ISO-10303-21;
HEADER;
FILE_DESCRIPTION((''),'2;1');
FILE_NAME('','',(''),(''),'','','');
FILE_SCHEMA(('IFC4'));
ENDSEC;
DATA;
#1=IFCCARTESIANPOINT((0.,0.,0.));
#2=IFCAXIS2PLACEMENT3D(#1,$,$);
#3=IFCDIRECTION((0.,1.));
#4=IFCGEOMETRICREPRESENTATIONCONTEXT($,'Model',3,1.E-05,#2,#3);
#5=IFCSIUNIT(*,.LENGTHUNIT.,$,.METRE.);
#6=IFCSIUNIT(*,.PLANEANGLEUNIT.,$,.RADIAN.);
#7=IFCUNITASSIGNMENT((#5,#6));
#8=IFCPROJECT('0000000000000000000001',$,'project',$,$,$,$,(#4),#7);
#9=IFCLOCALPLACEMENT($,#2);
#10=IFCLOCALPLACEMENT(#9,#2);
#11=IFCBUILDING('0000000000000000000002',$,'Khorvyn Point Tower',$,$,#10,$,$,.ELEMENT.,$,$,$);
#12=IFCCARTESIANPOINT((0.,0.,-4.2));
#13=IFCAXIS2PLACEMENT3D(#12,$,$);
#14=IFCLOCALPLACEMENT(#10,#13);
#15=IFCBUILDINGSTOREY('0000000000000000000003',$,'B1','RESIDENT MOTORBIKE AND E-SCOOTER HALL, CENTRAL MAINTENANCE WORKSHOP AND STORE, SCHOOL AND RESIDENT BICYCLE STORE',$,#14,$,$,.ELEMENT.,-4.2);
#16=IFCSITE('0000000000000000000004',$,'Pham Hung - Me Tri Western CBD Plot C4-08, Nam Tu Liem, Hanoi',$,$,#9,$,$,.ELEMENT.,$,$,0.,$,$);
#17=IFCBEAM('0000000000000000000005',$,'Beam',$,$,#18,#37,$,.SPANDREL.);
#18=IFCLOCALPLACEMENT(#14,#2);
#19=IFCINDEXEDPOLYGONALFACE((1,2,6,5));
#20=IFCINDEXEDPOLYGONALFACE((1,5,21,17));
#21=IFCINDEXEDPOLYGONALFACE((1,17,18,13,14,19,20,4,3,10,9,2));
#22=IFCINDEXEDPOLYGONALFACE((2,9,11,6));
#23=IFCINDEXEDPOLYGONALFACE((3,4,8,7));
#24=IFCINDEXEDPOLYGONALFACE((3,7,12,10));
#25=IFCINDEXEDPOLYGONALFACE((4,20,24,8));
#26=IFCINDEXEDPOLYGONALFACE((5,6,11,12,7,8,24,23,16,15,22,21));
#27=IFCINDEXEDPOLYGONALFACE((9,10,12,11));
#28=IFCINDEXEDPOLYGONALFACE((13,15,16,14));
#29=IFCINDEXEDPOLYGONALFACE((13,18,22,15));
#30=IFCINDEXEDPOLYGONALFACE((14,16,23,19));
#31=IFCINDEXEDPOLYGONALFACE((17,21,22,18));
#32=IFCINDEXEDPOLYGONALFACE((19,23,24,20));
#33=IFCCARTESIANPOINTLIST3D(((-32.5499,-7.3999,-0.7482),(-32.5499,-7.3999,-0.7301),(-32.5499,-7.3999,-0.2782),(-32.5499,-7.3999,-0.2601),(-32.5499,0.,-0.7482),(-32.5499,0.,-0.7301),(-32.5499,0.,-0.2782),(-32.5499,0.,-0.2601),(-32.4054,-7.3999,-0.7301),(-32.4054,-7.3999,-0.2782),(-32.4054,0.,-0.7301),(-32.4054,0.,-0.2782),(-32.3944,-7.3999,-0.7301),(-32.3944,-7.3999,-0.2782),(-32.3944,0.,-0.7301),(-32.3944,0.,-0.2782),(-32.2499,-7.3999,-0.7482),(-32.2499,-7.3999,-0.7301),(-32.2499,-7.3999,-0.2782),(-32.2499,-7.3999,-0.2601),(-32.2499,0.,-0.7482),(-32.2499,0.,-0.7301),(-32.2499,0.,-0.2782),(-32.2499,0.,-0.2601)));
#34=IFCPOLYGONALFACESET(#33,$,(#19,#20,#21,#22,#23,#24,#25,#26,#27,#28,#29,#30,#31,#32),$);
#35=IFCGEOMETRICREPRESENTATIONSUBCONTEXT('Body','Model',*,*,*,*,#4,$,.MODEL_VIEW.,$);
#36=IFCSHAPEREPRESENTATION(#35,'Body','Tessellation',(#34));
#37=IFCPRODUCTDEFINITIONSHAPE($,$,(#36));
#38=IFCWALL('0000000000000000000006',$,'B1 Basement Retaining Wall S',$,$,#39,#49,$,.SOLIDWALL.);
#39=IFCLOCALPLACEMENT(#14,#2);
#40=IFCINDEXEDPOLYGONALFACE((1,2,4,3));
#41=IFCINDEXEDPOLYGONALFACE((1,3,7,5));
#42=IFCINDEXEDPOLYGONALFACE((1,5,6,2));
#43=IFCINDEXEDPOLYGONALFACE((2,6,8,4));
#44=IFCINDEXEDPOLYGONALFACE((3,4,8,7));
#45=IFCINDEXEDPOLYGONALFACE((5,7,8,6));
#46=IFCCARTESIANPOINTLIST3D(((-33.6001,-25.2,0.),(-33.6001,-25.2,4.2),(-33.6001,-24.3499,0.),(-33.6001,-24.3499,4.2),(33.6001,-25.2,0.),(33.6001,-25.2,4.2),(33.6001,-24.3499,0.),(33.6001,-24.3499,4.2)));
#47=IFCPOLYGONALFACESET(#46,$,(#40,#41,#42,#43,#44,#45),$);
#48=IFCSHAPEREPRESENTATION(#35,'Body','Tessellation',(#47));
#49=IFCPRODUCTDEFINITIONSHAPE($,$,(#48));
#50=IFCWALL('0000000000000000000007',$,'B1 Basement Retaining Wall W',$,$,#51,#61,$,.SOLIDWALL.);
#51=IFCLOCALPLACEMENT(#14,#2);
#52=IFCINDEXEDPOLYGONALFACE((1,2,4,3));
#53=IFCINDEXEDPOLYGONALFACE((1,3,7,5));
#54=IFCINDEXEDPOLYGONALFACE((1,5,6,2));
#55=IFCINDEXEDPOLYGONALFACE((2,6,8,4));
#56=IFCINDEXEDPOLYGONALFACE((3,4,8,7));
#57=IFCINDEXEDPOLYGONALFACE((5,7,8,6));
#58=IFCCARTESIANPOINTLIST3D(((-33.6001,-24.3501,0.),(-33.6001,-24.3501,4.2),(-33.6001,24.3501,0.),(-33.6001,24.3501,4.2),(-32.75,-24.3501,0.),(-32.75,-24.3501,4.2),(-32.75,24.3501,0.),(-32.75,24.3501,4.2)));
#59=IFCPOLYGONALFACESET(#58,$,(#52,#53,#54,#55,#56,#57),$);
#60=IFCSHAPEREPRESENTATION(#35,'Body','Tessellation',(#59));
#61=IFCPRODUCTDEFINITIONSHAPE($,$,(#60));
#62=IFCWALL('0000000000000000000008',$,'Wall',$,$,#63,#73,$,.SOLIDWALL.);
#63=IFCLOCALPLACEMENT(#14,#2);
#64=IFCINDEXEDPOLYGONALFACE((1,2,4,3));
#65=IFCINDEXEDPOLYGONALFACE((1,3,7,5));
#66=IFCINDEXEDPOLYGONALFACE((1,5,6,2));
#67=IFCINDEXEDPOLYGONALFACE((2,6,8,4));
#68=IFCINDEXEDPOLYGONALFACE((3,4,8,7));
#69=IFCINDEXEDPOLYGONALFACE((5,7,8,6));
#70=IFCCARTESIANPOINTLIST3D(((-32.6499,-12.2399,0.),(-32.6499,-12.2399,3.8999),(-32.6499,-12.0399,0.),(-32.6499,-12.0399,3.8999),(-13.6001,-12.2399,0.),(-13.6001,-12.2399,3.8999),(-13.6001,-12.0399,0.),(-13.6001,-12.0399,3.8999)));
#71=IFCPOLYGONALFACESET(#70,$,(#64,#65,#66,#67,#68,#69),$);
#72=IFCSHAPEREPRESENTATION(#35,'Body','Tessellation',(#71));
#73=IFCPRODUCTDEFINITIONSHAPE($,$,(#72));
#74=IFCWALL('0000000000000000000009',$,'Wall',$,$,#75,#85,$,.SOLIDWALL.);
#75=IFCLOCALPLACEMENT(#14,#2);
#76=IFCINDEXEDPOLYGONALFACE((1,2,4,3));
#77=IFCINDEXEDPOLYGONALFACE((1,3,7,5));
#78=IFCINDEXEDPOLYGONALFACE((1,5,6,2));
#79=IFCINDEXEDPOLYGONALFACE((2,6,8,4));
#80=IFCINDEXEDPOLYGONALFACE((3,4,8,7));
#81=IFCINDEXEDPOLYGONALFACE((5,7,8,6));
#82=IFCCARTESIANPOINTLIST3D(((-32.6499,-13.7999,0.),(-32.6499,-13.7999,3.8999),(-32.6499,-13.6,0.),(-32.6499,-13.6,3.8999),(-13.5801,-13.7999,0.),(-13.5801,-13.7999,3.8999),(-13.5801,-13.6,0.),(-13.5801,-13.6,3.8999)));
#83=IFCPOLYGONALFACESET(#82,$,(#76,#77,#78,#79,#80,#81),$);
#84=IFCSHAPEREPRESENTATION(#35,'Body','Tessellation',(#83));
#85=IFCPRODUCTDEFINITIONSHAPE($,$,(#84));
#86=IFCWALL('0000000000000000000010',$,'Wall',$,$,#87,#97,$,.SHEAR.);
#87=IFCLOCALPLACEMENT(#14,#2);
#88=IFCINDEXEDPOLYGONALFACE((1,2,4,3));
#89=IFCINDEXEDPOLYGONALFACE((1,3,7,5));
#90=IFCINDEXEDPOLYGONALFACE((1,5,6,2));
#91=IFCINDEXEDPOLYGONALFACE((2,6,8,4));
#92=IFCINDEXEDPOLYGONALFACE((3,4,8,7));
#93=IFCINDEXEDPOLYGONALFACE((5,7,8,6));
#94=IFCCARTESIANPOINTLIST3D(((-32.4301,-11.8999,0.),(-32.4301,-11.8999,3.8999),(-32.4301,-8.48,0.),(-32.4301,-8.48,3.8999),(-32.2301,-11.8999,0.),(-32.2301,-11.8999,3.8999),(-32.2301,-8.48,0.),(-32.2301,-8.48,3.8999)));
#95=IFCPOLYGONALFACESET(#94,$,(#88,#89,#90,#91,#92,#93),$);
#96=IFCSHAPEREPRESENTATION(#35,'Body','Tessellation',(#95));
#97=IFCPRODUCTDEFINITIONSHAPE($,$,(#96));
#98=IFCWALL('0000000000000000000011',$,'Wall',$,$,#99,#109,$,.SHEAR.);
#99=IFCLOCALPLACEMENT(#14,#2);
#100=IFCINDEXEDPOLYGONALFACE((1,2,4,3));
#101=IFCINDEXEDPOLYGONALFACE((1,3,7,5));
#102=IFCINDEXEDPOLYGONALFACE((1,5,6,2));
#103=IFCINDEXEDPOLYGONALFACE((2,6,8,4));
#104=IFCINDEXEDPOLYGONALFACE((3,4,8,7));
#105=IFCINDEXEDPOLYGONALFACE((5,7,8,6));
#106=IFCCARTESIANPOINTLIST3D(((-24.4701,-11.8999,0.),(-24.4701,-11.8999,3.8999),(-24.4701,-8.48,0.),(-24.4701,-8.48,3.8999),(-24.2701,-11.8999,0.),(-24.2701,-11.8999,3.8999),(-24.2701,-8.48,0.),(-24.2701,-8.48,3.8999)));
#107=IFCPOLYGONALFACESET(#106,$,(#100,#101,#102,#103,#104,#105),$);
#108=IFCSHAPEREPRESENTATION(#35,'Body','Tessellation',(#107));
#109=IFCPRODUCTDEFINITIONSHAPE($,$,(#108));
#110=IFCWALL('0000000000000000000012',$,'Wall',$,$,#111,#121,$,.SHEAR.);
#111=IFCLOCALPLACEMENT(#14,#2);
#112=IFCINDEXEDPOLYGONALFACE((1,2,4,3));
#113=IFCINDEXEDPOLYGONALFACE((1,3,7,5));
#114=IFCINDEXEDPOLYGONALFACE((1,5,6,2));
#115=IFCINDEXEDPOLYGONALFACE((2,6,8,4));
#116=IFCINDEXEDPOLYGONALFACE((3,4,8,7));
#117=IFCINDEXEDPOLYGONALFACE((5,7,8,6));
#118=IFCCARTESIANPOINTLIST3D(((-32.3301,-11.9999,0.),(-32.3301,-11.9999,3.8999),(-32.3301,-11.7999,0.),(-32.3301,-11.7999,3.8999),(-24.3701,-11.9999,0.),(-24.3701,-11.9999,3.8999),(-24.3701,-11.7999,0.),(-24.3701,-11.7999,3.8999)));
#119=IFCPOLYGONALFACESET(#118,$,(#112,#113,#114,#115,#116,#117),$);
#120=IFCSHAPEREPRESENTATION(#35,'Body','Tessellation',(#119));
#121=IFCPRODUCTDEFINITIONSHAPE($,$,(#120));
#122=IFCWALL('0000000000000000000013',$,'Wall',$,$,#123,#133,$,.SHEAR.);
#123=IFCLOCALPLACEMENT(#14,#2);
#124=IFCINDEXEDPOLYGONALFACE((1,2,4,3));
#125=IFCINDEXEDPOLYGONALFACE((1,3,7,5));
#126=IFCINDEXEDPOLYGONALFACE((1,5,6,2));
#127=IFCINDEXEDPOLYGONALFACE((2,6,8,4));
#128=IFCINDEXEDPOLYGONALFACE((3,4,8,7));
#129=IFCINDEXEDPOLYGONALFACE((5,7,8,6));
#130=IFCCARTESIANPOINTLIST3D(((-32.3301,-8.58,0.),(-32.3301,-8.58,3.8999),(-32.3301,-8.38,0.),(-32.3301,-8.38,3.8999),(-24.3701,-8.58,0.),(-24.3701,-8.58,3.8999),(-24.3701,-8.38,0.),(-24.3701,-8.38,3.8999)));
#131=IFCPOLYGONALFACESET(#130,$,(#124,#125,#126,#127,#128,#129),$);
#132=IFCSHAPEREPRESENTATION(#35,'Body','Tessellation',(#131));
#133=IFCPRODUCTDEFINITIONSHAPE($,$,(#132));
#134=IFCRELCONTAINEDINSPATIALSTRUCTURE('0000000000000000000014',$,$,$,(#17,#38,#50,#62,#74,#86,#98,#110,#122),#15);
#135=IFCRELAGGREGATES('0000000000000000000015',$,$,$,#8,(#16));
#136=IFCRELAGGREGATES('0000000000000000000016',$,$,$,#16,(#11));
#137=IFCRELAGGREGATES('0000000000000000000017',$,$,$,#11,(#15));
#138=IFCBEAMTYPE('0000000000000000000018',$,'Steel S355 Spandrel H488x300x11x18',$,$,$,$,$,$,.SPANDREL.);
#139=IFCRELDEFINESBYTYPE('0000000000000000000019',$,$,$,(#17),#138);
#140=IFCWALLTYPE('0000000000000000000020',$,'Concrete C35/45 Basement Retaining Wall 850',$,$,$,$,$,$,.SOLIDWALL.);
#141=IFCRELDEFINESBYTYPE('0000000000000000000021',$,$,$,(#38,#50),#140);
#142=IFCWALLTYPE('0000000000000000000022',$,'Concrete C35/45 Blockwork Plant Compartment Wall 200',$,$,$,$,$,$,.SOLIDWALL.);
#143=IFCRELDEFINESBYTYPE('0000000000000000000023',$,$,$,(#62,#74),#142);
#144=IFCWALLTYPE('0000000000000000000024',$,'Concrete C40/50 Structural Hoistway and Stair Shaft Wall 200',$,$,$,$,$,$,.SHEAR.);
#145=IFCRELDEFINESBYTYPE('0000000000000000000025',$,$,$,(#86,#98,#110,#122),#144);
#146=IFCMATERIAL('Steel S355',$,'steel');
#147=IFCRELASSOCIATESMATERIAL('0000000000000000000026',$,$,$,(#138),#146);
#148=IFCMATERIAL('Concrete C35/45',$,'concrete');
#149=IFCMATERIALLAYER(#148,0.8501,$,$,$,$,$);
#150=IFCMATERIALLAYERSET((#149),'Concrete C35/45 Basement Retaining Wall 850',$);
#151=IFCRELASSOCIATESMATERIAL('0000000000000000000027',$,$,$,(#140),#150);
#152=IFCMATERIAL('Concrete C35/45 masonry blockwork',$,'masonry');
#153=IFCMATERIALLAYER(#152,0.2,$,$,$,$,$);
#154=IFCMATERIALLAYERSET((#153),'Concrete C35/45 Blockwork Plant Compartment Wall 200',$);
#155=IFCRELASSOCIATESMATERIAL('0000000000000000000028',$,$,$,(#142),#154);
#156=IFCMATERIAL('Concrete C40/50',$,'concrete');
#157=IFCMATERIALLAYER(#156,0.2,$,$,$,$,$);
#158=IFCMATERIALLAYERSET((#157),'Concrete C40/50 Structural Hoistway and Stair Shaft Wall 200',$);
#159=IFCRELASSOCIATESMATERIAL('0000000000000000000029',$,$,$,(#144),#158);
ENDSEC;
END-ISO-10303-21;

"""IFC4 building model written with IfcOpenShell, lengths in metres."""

from ifc_helpers import new_model, si_unit, direction, frame, frame_2d, origin, origin_2d, place, context, subcontext, project, spatial, rectangle, i_section, extrude, material, layer, layer_set, material_profile, profile_set, type_object, element, save


model = new_model("IFC4")

# Units and contexts
model_context = context("Model", 3, precision=1e-05, world=origin(), true_north=direction((0.0, 1.0)))
body_context = subcontext(model_context, "Body", "Model", "MODEL_VIEW")
ifc_project = project(units=[si_unit("LENGTHUNIT", "METRE"), si_unit("PLANEANGLEUNIT", "RADIAN")], contexts=[model_context])

# Site, building, storey
site_placement = place(None, origin())
site = spatial("IfcSite", under=ifc_project, at=site_placement, Name="Pham Hung - Me Tri Western CBD Plot C4-08, Nam Tu Liem, Hanoi", CompositionType="ELEMENT", RefElevation=0.0)
building_placement = place(site_placement, origin())
building = spatial("IfcBuilding", under=site, at=building_placement, Name="Khorvyn Point Tower", CompositionType="ELEMENT")
storey_placement = place(building_placement, frame((0.0, 0.0, -4.2)))
storey = spatial("IfcBuildingStorey", under=building, at=storey_placement, Name="B1", Description="RESIDENT MOTORBIKE AND E-SCOOTER HALL, CENTRAL MAINTENANCE WORKSHOP AND STORE, SCHOOL AND RESIDENT BICYCLE STORE", CompositionType="ELEMENT", Elevation=-4.2)

# Shared definitions
ifc_material_1 = material(Name="Concrete C40/50", Category="concrete")

# Beam
ifc_material_2 = material(Name="Steel S355", Category="steel")
ifc_material_profile_1 = material_profile(ifc_material_2, i_section(OverallWidth=0.3, OverallDepth=0.488, WebThickness=0.011, FlangeThickness=0.0181, at=origin_2d()))
ifc_profile_set_1 = profile_set([ifc_material_profile_1], Name="Steel S355 H488x300x11x18")
beam_type_1 = type_object("IfcBeamType", Name="Steel S355 Spandrel H488x300x11x18", PredefinedType="SPANDREL", material=ifc_profile_set_1)
beam_1_placement = place(storey_placement, frame((-32.3999, -7.3999, -0.5042), z_axis=(0.0, 1.0, 0.0), x_axis=(-1.0, 0.0, 0.0)))
element("IfcBeam", 1, at=beam_1_placement, inside=storey, type_object=beam_type_1, Name="Beam", PredefinedType="SPANDREL", context=body_context, shape_type="SweptSolid", body=[
    extrude(i_section(OverallWidth=0.3, OverallDepth=0.488, WebThickness=0.011, FlangeThickness=0.0181, at=origin_2d()), origin(), (0.0, 0.0, 1.0), 7.3999),
])

# Walls
ifc_material_3 = material(Name="Concrete C35/45", Category="concrete")
ifc_layer_1 = layer(ifc_material_3, 0.8501)
ifc_layer_set_1 = layer_set([ifc_layer_1], Name="Concrete C35/45 Basement Retaining Wall 850")
wall_type_1 = type_object("IfcWallType", Name="Concrete C35/45 Basement Retaining Wall 850", PredefinedType="SOLIDWALL", material=ifc_layer_set_1)
wall_1_placement = place(storey_placement, frame((-33.6001, -24.7749, 0.0), z_axis=(0.0, 0.0, 1.0), x_axis=(1.0, 0.0, 0.0)))
element("IfcWall", 2, at=wall_1_placement, inside=storey, type_object=wall_type_1, Name="B1 Basement Retaining Wall S", PredefinedType="SOLIDWALL", context=body_context, shape_type="SweptSolid", body=[
    extrude(rectangle(XDim=67.2002, YDim=0.8501, at=frame_2d((33.6001, 0.0))), origin(), (0.0, 0.0, 1.0), 4.2),
])
wall_2_placement = place(storey_placement, frame((-33.175, -24.3501, 0.0), z_axis=(0.0, 0.0, 1.0), x_axis=(0.0, 1.0, 0.0)))
element("IfcWall", 3, at=wall_2_placement, inside=storey, type_object=wall_type_1, Name="B1 Basement Retaining Wall W", PredefinedType="SOLIDWALL", context=body_context, shape_type="SweptSolid", body=[
    extrude(rectangle(XDim=48.7002, YDim=0.8501, at=frame_2d((24.3501, 0.0))), origin(), (0.0, 0.0, 1.0), 4.2),
])
ifc_material_4 = material(Name="Concrete C35/45 masonry blockwork", Category="masonry")
ifc_layer_2 = layer(ifc_material_4, 0.2)
ifc_layer_set_2 = layer_set([ifc_layer_2], Name="Concrete C35/45 Blockwork Plant Compartment Wall 200")
wall_type_2 = type_object("IfcWallType", Name="Concrete C35/45 Blockwork Plant Compartment Wall 200", PredefinedType="SOLIDWALL", material=ifc_layer_set_2)
wall_3_placement = place(storey_placement, frame((-32.6499, -12.1399, 0.0), z_axis=(0.0, 0.0, 1.0), x_axis=(1.0, 0.0, 0.0)))
element("IfcWall", 4, at=wall_3_placement, inside=storey, type_object=wall_type_2, Name="Wall", PredefinedType="SOLIDWALL", context=body_context, shape_type="SweptSolid", body=[
    extrude(rectangle(XDim=19.0498, YDim=0.2, at=frame_2d((9.5249, 0.0))), origin(), (0.0, 0.0, 1.0), 3.8999),
])
wall_4_placement = place(storey_placement, frame((-32.6499, -13.7, 0.0), z_axis=(0.0, 0.0, 1.0), x_axis=(1.0, 0.0, 0.0)))
element("IfcWall", 5, at=wall_4_placement, inside=storey, type_object=wall_type_2, Name="Wall", PredefinedType="SOLIDWALL", context=body_context, shape_type="SweptSolid", body=[
    extrude(rectangle(XDim=19.0698, YDim=0.2, at=frame_2d((9.5349, 0.0))), origin(), (0.0, 0.0, 1.0), 3.8999),
])
ifc_layer_3 = layer(ifc_material_1, 0.2)
ifc_layer_set_3 = layer_set([ifc_layer_3], Name="Concrete C40/50 Structural Hoistway and Stair Shaft Wall 200")
wall_type_3 = type_object("IfcWallType", Name="Concrete C40/50 Structural Hoistway and Stair Shaft Wall 200", PredefinedType="SHEAR", material=ifc_layer_set_3)
for number, where, z_axis, x_axis, name in (
    (6, (-32.3301, -11.8999, 0.0), (0.0, 0.0, 1.0), (0.0, 1.0, 0.0), "Wall"),
    (7, (-24.3701, -8.48, 0.0), (0.0, 0.0, 1.0), (0.0, -1.0, 0.0), "Wall"),
):
    element("IfcWall", number, at=place(storey_placement, frame(where, z_axis=z_axis, x_axis=x_axis)), inside=storey, type_object=wall_type_3, Name=name, PredefinedType="SHEAR", context=body_context, shape_type="SweptSolid", body=[
        extrude(rectangle(XDim=3.4199, YDim=0.2, at=frame_2d((1.71, 0.0))), origin(), (0.0, 0.0, 1.0), 3.8999),
    ])
for number, where, z_axis, x_axis, name in (
    (8, (-24.3701, -11.8999, 0.0), (0.0, 0.0, 1.0), (-1.0, 0.0, 0.0), "Wall"),
    (9, (-32.3301, -8.48, 0.0), (0.0, 0.0, 1.0), (1.0, 0.0, 0.0), "Wall"),
):
    element("IfcWall", number, at=place(storey_placement, frame(where, z_axis=z_axis, x_axis=x_axis)), inside=storey, type_object=wall_type_3, Name=name, PredefinedType="SHEAR", context=body_context, shape_type="SweptSolid", body=[
        extrude(rectangle(XDim=7.96, YDim=0.2, at=frame_2d((3.98, 0.0))), origin(), (0.0, 0.0, 1.0), 3.8999),
    ])

save(model, "model.ifc")
